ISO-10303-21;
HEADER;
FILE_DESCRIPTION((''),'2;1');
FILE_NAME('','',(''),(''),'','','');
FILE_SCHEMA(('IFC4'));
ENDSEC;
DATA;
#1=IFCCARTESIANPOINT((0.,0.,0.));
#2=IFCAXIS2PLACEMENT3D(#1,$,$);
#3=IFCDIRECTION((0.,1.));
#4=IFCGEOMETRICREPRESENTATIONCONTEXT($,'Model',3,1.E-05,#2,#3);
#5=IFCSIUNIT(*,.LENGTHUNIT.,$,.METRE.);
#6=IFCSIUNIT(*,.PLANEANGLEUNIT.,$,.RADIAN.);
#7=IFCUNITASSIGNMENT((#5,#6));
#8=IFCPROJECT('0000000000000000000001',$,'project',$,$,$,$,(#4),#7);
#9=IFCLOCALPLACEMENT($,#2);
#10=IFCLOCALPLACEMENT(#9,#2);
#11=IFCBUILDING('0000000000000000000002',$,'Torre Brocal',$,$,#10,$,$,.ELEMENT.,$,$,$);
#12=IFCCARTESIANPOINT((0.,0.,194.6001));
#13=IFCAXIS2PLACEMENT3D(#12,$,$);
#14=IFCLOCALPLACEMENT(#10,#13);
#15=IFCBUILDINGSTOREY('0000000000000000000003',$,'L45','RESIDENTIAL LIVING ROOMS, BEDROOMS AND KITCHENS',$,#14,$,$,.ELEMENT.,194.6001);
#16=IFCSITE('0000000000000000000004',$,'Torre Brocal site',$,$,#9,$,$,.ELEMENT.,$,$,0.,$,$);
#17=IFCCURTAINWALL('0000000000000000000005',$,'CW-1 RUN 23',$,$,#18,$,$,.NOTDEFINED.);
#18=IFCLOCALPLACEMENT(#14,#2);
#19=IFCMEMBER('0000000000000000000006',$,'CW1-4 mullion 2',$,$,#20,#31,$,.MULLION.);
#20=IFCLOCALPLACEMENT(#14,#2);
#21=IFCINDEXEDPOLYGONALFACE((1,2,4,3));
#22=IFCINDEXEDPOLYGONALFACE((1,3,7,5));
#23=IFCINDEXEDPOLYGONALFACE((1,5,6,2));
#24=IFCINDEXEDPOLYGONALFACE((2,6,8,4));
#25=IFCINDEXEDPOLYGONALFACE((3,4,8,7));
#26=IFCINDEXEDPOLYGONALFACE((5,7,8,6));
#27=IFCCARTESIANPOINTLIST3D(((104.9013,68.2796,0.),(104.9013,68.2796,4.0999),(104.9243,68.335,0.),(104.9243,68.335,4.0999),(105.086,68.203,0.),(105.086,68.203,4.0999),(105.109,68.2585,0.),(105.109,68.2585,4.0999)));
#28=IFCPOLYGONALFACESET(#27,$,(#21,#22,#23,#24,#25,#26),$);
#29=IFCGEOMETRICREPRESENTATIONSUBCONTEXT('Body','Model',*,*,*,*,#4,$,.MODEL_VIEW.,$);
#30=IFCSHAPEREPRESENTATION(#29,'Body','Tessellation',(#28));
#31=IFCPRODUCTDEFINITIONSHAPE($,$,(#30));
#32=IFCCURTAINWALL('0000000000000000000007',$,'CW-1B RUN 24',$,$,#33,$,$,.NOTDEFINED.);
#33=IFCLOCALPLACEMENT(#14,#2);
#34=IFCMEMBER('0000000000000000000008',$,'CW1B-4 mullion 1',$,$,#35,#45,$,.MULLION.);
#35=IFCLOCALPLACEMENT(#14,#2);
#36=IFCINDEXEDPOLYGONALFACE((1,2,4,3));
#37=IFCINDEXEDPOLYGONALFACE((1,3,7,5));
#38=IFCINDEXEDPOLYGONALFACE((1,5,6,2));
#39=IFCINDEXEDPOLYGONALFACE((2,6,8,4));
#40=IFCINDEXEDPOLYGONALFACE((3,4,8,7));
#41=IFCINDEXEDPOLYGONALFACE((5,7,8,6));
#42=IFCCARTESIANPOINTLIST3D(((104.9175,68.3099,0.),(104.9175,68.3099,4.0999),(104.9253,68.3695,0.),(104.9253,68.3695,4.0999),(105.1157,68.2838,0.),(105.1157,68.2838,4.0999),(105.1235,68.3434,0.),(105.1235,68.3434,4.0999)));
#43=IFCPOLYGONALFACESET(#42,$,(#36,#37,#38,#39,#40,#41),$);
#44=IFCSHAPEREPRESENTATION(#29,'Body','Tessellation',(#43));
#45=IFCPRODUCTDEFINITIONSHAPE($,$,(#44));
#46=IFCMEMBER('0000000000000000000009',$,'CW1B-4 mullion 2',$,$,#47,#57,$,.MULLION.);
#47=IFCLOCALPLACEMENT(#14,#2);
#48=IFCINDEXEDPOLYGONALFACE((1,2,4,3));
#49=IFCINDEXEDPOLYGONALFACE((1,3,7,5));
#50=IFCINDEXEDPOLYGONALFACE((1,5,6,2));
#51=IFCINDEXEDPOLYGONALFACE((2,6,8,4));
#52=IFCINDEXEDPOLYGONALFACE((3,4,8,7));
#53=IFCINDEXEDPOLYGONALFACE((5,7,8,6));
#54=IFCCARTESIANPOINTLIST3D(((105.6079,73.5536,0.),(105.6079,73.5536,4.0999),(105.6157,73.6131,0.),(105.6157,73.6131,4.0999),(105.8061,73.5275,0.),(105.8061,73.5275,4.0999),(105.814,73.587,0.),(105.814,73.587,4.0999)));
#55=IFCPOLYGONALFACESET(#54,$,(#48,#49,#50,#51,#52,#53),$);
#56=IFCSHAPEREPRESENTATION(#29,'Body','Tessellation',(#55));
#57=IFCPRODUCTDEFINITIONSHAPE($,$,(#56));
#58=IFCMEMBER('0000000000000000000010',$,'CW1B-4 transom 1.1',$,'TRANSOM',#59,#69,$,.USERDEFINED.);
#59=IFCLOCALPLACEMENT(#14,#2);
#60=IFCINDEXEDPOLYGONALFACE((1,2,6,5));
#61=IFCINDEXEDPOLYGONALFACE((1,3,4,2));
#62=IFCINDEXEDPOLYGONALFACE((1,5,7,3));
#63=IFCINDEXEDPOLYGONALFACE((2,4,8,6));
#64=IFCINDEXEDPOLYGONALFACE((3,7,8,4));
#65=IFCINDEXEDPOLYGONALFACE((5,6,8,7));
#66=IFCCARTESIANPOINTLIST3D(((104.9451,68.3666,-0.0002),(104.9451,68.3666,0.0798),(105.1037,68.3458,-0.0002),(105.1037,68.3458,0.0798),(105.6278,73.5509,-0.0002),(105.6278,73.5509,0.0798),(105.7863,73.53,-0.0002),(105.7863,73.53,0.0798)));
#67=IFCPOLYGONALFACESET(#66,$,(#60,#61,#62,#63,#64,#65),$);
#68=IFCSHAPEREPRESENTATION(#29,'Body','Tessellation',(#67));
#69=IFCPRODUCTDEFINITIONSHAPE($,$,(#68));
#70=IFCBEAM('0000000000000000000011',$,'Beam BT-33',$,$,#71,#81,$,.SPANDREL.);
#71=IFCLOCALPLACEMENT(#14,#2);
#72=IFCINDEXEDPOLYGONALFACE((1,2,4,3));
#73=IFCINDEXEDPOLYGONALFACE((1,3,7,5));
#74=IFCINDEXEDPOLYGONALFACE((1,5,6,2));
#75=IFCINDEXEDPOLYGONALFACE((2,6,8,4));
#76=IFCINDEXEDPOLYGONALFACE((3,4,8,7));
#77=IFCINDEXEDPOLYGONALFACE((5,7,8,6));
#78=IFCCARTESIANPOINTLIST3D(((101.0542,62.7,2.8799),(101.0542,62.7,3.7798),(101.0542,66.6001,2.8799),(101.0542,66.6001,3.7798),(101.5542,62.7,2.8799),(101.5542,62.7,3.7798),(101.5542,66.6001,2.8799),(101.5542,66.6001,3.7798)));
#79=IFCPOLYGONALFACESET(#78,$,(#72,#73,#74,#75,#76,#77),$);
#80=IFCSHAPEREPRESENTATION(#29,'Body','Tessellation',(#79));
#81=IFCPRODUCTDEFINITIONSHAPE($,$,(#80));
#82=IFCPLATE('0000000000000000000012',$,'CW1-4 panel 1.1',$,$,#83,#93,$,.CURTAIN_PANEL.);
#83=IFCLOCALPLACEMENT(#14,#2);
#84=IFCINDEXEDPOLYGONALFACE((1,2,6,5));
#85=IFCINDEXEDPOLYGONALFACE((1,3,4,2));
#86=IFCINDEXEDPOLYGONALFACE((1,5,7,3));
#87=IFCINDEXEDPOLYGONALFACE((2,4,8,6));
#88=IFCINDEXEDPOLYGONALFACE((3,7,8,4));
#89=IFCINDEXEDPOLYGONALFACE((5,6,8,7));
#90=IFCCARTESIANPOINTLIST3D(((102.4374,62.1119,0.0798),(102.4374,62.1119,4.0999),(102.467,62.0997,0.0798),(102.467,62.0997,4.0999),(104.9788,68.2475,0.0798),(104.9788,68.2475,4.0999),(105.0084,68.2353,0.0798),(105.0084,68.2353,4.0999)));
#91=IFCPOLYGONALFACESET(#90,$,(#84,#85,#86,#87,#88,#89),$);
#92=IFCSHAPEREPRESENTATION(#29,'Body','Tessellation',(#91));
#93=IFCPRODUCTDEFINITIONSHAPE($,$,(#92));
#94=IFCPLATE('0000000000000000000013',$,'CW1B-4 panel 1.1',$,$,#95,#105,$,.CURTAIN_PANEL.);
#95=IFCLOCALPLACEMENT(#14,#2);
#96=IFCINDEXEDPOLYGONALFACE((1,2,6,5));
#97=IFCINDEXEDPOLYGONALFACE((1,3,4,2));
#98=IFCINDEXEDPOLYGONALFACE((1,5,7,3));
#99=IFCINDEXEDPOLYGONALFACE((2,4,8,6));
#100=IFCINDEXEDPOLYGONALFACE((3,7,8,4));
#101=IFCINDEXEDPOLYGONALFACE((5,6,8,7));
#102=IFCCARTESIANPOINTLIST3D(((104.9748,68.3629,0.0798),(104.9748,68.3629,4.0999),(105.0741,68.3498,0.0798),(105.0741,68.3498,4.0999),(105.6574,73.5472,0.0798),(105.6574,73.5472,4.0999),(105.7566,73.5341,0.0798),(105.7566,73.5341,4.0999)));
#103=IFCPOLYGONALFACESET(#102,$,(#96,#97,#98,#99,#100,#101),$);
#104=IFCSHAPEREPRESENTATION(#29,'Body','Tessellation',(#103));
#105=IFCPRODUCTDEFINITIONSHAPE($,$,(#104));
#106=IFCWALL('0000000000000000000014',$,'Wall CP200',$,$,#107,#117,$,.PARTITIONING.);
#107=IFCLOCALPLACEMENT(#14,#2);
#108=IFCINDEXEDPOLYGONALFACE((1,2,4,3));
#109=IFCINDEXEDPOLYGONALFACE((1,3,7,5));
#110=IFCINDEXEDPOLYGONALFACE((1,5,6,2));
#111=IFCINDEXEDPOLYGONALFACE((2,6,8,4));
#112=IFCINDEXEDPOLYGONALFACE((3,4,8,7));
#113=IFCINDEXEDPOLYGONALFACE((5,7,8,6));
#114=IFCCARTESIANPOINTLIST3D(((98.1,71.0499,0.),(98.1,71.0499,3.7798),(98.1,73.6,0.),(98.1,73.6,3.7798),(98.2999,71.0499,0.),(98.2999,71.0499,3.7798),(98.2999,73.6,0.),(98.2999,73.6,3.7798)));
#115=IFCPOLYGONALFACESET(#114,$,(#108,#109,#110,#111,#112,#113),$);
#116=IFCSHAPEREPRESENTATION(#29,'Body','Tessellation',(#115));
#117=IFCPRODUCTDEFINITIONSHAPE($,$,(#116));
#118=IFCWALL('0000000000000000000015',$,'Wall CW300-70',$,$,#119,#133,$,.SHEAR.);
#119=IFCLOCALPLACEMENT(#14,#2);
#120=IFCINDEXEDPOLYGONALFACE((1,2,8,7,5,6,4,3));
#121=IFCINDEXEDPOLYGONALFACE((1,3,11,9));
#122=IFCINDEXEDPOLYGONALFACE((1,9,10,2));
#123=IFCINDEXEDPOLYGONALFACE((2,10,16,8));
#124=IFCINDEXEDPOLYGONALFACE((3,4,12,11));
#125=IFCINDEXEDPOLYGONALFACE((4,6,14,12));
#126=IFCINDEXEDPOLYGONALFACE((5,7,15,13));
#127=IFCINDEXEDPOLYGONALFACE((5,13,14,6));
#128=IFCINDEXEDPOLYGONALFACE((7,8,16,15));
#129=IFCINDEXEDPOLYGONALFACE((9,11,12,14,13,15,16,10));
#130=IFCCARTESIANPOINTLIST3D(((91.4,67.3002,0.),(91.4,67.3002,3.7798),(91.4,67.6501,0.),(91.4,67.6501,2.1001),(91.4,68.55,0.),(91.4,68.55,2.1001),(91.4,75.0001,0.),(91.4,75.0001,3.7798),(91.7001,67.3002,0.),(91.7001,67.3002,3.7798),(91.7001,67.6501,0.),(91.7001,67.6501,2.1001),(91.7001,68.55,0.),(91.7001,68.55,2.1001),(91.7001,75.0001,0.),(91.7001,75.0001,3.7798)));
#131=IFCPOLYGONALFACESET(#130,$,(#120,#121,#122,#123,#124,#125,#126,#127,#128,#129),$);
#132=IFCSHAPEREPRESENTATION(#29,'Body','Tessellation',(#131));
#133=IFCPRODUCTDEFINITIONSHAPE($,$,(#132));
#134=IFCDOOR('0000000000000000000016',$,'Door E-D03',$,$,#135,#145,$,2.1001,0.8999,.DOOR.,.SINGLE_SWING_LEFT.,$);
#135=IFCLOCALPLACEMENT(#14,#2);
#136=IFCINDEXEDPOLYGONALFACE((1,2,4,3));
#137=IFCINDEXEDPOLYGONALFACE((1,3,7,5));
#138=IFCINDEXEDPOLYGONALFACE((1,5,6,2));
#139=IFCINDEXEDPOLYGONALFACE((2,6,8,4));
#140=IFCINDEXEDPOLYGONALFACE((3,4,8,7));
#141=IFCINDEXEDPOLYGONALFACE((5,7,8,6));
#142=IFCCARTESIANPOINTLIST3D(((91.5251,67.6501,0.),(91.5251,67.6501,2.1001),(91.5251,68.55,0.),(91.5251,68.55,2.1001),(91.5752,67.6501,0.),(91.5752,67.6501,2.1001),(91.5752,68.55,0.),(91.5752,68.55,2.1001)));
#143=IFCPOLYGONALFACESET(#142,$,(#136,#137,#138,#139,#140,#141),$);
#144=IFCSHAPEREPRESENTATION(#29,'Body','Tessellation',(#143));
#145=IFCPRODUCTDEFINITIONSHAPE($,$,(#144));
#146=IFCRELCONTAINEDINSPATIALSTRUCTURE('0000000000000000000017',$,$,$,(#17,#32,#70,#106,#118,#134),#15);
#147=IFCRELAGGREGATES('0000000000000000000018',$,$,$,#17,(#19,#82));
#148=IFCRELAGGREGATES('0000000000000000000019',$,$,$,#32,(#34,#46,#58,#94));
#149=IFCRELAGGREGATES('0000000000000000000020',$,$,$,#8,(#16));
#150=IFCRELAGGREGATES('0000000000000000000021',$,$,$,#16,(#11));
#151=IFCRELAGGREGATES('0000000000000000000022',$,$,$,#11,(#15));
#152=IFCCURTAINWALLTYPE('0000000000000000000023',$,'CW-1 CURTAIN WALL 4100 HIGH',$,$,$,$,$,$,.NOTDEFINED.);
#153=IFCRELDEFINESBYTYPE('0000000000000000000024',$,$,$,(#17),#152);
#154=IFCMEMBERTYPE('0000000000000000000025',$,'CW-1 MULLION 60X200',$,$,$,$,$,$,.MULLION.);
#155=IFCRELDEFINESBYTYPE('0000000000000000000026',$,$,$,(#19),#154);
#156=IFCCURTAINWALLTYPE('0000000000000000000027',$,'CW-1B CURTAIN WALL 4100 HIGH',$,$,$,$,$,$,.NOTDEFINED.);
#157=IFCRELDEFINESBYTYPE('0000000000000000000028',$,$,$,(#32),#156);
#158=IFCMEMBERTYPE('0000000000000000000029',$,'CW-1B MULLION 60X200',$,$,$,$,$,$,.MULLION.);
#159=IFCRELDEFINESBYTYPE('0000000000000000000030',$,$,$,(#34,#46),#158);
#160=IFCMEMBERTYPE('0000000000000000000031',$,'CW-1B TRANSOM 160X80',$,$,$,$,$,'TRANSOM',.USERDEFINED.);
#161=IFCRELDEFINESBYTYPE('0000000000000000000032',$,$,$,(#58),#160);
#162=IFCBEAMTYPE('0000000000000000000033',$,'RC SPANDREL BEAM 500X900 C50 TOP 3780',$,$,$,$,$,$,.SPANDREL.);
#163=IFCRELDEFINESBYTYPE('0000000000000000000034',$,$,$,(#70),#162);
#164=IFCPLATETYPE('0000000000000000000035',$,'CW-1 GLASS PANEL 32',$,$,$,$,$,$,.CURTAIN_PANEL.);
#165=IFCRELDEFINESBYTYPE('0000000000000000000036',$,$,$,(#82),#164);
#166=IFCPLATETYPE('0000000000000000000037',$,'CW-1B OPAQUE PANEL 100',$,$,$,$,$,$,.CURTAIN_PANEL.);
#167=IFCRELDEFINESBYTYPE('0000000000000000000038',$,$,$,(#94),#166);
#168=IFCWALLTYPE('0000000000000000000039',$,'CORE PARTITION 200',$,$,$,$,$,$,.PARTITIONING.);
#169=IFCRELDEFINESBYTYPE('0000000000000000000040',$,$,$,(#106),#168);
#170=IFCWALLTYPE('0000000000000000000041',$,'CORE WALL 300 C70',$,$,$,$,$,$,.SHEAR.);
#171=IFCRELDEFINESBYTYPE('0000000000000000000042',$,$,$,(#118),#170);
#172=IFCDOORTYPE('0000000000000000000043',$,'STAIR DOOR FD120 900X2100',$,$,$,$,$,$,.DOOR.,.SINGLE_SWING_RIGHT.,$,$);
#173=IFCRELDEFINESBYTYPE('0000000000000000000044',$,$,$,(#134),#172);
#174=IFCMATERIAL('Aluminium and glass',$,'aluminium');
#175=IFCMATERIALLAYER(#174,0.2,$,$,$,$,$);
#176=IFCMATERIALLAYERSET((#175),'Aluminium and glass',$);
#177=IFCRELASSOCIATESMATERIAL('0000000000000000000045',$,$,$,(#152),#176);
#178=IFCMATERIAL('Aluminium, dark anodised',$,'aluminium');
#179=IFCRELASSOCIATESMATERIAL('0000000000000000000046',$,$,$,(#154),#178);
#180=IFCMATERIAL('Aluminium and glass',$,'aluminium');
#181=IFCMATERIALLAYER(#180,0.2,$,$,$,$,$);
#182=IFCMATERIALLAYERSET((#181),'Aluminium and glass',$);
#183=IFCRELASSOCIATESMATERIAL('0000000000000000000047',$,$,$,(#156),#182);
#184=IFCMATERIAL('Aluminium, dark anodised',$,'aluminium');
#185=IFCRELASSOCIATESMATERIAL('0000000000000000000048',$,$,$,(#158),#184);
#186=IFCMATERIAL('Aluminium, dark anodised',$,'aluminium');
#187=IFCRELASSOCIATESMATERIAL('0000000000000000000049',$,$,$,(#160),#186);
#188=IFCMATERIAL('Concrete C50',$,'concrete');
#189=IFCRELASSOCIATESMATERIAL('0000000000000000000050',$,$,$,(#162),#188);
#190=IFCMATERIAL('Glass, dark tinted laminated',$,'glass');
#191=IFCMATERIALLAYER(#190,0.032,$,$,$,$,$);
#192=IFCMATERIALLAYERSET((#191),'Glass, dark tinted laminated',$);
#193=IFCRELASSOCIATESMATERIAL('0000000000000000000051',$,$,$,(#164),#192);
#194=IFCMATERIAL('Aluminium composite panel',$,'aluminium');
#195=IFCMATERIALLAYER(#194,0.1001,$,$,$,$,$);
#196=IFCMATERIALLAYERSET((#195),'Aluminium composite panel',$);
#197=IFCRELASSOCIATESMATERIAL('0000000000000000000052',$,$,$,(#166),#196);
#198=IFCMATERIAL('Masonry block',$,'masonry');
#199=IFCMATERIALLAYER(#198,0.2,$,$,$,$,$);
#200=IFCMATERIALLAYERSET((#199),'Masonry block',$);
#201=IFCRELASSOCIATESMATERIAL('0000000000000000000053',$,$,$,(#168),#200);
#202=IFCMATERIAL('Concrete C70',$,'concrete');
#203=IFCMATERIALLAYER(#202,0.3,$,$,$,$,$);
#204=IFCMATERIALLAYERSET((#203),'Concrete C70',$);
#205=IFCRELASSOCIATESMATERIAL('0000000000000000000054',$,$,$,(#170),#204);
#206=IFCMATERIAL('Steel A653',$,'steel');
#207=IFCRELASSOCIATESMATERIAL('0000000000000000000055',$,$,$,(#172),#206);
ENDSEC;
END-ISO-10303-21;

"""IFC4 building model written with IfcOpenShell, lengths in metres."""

from ifc_helpers import new_model, si_unit, direction, frame, frame_2d, origin, origin_2d, place, context, subcontext, project, spatial, rectangle, extrude, material, layer, layer_set, material_profile, profile_set, type_object, element, fill, aggregate, save


model = new_model("IFC4")

# Units and contexts
model_context = context("Model", 3, precision=1e-05, world=origin(), true_north=direction((0.0, 1.0)))
body_context = subcontext(model_context, "Body", "Model", "MODEL_VIEW")
ifc_project = project(units=[si_unit("LENGTHUNIT", "METRE"), si_unit("PLANEANGLEUNIT", "RADIAN")], contexts=[model_context])

# Site, building, storey
site_placement = place(None, origin())
site = spatial("IfcSite", under=ifc_project, at=site_placement, Name="Torre Brocal site", CompositionType="ELEMENT", RefElevation=0.0)
building_placement = place(site_placement, origin())
building = spatial("IfcBuilding", under=site, at=building_placement, Name="Torre Brocal", CompositionType="ELEMENT")
storey_placement = place(building_placement, frame((0.0, 0.0, 194.6001)))
storey = spatial("IfcBuildingStorey", under=building, at=storey_placement, Name="L45", Description="RESIDENTIAL LIVING ROOMS, BEDROOMS AND KITCHENS", CompositionType="ELEMENT", Elevation=194.6001)

# Curtain wall, member
ifc_material_1 = material(Name="Aluminium and glass", Category="aluminium")
ifc_layer_1 = layer(ifc_material_1, 0.2)
ifc_layer_set_1 = layer_set([ifc_layer_1], Name="Aluminium and glass")
curtain_wall_type_1 = type_object("IfcCurtainWallType", Name="CW-1 CURTAIN WALL 4100 HIGH", PredefinedType="NOTDEFINED", material=ifc_layer_set_1)
curtain_wall_1_placement = place(storey_placement, origin())
curtain_wall_1 = element("IfcCurtainWall", 1, at=curtain_wall_1_placement, inside=storey, type_object=curtain_wall_type_1, Name="CW-1 RUN 23", PredefinedType="NOTDEFINED")
ifc_material_2 = material(Name="Aluminium, dark anodised", Category="aluminium")
ifc_material_profile_1 = material_profile(ifc_material_2, rectangle(XDim=0.2, YDim=0.0601, at=origin_2d()), Name="CW-1 MULLION 60X200")
ifc_profile_set_1 = profile_set([ifc_material_profile_1], Name="Aluminium, dark anodised")
member_type_1 = type_object("IfcMemberType", Name="CW-1 MULLION 60X200", PredefinedType="MULLION", material=ifc_profile_set_1)
member_1_placement = place(storey_placement, frame((105.0051, 68.269, 0.0), z_axis=(0.0, 0.0, 1.0), x_axis=(-0.92388, 0.382683, 0.0)))
member_1 = element("IfcMember", 2, at=member_1_placement, type_object=member_type_1, Name="CW1-4 mullion 2", PredefinedType="MULLION", context=body_context, shape_type="SweptSolid", body=[
    extrude(rectangle(XDim=0.2, YDim=0.0601, at=origin_2d()), origin(), (0.0, 0.0, 1.0), 4.0999),
])

# Curtain wall, members
ifc_material_3 = material(Name="Aluminium and glass", Category="aluminium")
ifc_layer_2 = layer(ifc_material_3, 0.2)
ifc_layer_set_2 = layer_set([ifc_layer_2], Name="Aluminium and glass")
curtain_wall_type_2 = type_object("IfcCurtainWallType", Name="CW-1B CURTAIN WALL 4100 HIGH", PredefinedType="NOTDEFINED", material=ifc_layer_set_2)
curtain_wall_2_placement = place(storey_placement, origin())
curtain_wall_2 = element("IfcCurtainWall", 3, at=curtain_wall_2_placement, inside=storey, type_object=curtain_wall_type_2, Name="CW-1B RUN 24", PredefinedType="NOTDEFINED")
ifc_material_4 = material(Name="Aluminium, dark anodised", Category="aluminium")
ifc_material_profile_2 = material_profile(ifc_material_4, rectangle(XDim=0.2, YDim=0.0601, at=origin_2d()), Name="CW-1B MULLION 60X200")
ifc_profile_set_2 = profile_set([ifc_material_profile_2], Name="Aluminium, dark anodised")
member_type_2 = type_object("IfcMemberType", Name="CW-1B MULLION 60X200", PredefinedType="MULLION", material=ifc_profile_set_2)
member_2_placement = place(storey_placement, frame((105.0205, 68.3267, 0.0), z_axis=(0.0, 0.0, 1.0), x_axis=(-0.991445, 0.130526, 0.0)))
member_2 = element("IfcMember", 4, at=member_2_placement, type_object=member_type_2, Name="CW1B-4 mullion 1", PredefinedType="MULLION", context=body_context, shape_type="SweptSolid", body=[
    extrude(rectangle(XDim=0.2, YDim=0.0601, at=origin_2d()), origin(), (0.0, 0.0, 1.0), 4.0999),
])
member_3_placement = place(storey_placement, frame((105.7109, 73.5703, 0.0), z_axis=(0.0, 0.0, 1.0), x_axis=(-0.991445, 0.130526, 0.0)))
member_3 = element("IfcMember", 5, at=member_3_placement, type_object=member_type_2, Name="CW1B-4 mullion 2", PredefinedType="MULLION", context=body_context, shape_type="SweptSolid", body=[
    extrude(rectangle(XDim=0.2, YDim=0.0601, at=origin_2d()), origin(), (0.0, 0.0, 1.0), 4.0999),
])
ifc_material_5 = material(Name="Aluminium, dark anodised", Category="aluminium")
ifc_material_profile_3 = material_profile(ifc_material_5, rectangle(XDim=0.1599, YDim=0.0801, at=origin_2d()), Name="CW-1B TRANSOM 160X80")
ifc_profile_set_3 = profile_set([ifc_material_profile_3], Name="Aluminium, dark anodised")
member_type_3 = type_object("IfcMemberType", Name="CW-1B TRANSOM 160X80", ElementType="TRANSOM", PredefinedType="USERDEFINED", material=ifc_profile_set_3)
member_4_placement = place(storey_placement, frame((105.0244, 68.3562, 0.0398), z_axis=(0.130543, 0.991443, 0.0), x_axis=(-0.991443, 0.130543, 0.0)))
member_4 = element("IfcMember", 6, at=member_4_placement, type_object=member_type_3, Name="CW1B-4 transom 1.1", ObjectType="TRANSOM", PredefinedType="USERDEFINED", context=body_context, shape_type="SweptSolid", body=[
    extrude(rectangle(XDim=0.1599, YDim=0.0801, at=origin_2d()), origin(), (0.0, 0.0, 1.0), 5.229),
])

# Beam
ifc_material_6 = material(Name="Concrete C50", Category="concrete")
ifc_material_profile_4 = material_profile(ifc_material_6, rectangle(XDim=0.5, YDim=0.8999, at=origin_2d()), Name="RC 500X900")
ifc_profile_set_4 = profile_set([ifc_material_profile_4], Name="Concrete C50")
beam_type = type_object("IfcBeamType", Name="RC SPANDREL BEAM 500X900 C50 TOP 3780", PredefinedType="SPANDREL", material=ifc_profile_set_4)
beam_placement = place(storey_placement, frame((101.3042, 62.7, 3.3298), z_axis=(0.0, 1.0, 0.0), x_axis=(-1.0, 0.0, 0.0)))
element("IfcBeam", 7, at=beam_placement, inside=storey, type_object=beam_type, Name="Beam BT-33", PredefinedType="SPANDREL", context=body_context, shape_type="SweptSolid", body=[
    extrude(rectangle(XDim=0.5, YDim=0.8999, at=origin_2d()), origin(), (0.0, 0.0, 1.0), 3.9001),
])

# Plates
ifc_material_7 = material(Name="Glass, dark tinted laminated", Category="glass")
ifc_layer_3 = layer(ifc_material_7, 0.032)
ifc_layer_set_3 = layer_set([ifc_layer_3], Name="Glass, dark tinted laminated")
plate_type_1 = type_object("IfcPlateType", Name="CW-1 GLASS PANEL 32", PredefinedType="CURTAIN_PANEL", material=ifc_layer_set_3)
plate_1_placement = place(storey_placement, frame((103.7229, 65.1736, 0.0798), z_axis=(0.0, 0.0, 1.0), x_axis=(0.382683, 0.92388, 0.0)))
plate_1 = element("IfcPlate", 8, at=plate_1_placement, type_object=plate_type_1, Name="CW1-4 panel 1.1", PredefinedType="CURTAIN_PANEL", context=body_context, shape_type="SweptSolid", body=[
    extrude(rectangle(XDim=6.6411, YDim=0.032, at=origin_2d()), origin(), (0.0, 0.0, 1.0), 4.02),
])
aggregate(curtain_wall_1, [member_1, plate_1])
ifc_material_8 = material(Name="Aluminium composite panel", Category="aluminium")
ifc_layer_4 = layer(ifc_material_8, 0.1001)
ifc_layer_set_4 = layer_set([ifc_layer_4], Name="Aluminium composite panel")
plate_type_2 = type_object("IfcPlateType", Name="CW-1B OPAQUE PANEL 100", PredefinedType="CURTAIN_PANEL", material=ifc_layer_set_4)
plate_2_placement = place(storey_placement, frame((105.3657, 70.9485, 0.0798), z_axis=(0.0, 0.0, 1.0), x_axis=(0.130526, 0.991445, 0.0)))
plate_2 = element("IfcPlate", 9, at=plate_2_placement, type_object=plate_type_2, Name="CW1B-4 panel 1.1", PredefinedType="CURTAIN_PANEL", context=body_context, shape_type="SweptSolid", body=[
    extrude(rectangle(XDim=5.229, YDim=0.1001, at=origin_2d()), origin(), (0.0, 0.0, 1.0), 4.02),
])
aggregate(curtain_wall_2, [member_2, member_3, member_4, plate_2])

# Wall
ifc_material_9 = material(Name="Masonry block", Category="masonry")
ifc_layer_5 = layer(ifc_material_9, 0.2)
ifc_layer_set_5 = layer_set([ifc_layer_5], Name="Masonry block")
wall_type_1 = type_object("IfcWallType", Name="CORE PARTITION 200", PredefinedType="PARTITIONING", material=ifc_layer_set_5)
wall_1_placement = place(storey_placement, frame((98.2, 71.05, 0.0), z_axis=(0.0, 0.0, 1.0), x_axis=(0.0, 1.0, 0.0)))
element("IfcWall", 10, at=wall_1_placement, inside=storey, type_object=wall_type_1, Name="Wall CP200", PredefinedType="PARTITIONING", context=body_context, shape_type="SweptSolid", body=[
    extrude(rectangle(XDim=2.55, YDim=0.2, at=frame_2d((1.2749, 0.0))), origin(), (0.0, 0.0, 1.0), 3.7798),
])

# Wall, opening, door
ifc_material_10 = material(Name="Concrete C70", Category="concrete")
ifc_layer_6 = layer(ifc_material_10, 0.3)
ifc_layer_set_6 = layer_set([ifc_layer_6], Name="Concrete C70")
wall_type_2 = type_object("IfcWallType", Name="CORE WALL 300 C70", PredefinedType="SHEAR", material=ifc_layer_set_6)
wall_2_placement = place(storey_placement, frame((91.55, 67.3, 0.0), z_axis=(0.0, 0.0, 1.0), x_axis=(0.0, 1.0, 0.0)))
wall_2 = element("IfcWall", 11, at=wall_2_placement, inside=storey, type_object=wall_type_2, Name="Wall CW300-70", PredefinedType="SHEAR", context=body_context, shape_type="SweptSolid", body=[
    extrude(rectangle(XDim=7.7, YDim=0.3, at=frame_2d((3.8501, 0.0))), origin(), (0.0, 0.0, 1.0), 3.7798),
])
opening_1_placement = place(wall_2_placement, frame((0.3501, 0.0, 0.0)))
opening_1 = element("IfcOpeningElement", 12, at=opening_1_placement, cuts=wall_2, PredefinedType="OPENING", context=body_context, shape_type="SweptSolid", body=[
    extrude(rectangle(XDim=0.8999, YDim=2.1001, at=frame_2d((0.45, 1.05))), frame((0.0, 0.1599, 0.0), z_axis=(0.0, -1.0, 0.0), x_axis=(1.0, 0.0, 0.0)), (0.0, 0.0, 1.0), 0.3201),
])
ifc_material_11 = material(Name="Steel A653", Category="steel")
door_type_1 = type_object("IfcDoorType", Name="STAIR DOOR FD120 900X2100", OperationType="SINGLE_SWING_RIGHT", PredefinedType="DOOR", material=ifc_material_11)
door_1_placement = place(opening_1_placement, origin())
door_1 = element("IfcDoor", 13, at=door_1_placement, inside=storey, type_object=door_type_1, Name="Door E-D03", OperationType="SINGLE_SWING_LEFT", OverallHeight=2.1001, OverallWidth=0.8999, PredefinedType="DOOR", context=body_context, shape_type="SweptSolid", body=[
    extrude(rectangle(XDim=0.8999, YDim=2.1001, at=frame_2d((0.45, 1.05))), frame((0.0, 0.0249, 0.0), z_axis=(0.0, -1.0, 0.0), x_axis=(1.0, 0.0, 0.0)), (0.0, 0.0, 1.0), 0.05),
])
fill(opening_1, door_1)

save(model, "model.ifc")
